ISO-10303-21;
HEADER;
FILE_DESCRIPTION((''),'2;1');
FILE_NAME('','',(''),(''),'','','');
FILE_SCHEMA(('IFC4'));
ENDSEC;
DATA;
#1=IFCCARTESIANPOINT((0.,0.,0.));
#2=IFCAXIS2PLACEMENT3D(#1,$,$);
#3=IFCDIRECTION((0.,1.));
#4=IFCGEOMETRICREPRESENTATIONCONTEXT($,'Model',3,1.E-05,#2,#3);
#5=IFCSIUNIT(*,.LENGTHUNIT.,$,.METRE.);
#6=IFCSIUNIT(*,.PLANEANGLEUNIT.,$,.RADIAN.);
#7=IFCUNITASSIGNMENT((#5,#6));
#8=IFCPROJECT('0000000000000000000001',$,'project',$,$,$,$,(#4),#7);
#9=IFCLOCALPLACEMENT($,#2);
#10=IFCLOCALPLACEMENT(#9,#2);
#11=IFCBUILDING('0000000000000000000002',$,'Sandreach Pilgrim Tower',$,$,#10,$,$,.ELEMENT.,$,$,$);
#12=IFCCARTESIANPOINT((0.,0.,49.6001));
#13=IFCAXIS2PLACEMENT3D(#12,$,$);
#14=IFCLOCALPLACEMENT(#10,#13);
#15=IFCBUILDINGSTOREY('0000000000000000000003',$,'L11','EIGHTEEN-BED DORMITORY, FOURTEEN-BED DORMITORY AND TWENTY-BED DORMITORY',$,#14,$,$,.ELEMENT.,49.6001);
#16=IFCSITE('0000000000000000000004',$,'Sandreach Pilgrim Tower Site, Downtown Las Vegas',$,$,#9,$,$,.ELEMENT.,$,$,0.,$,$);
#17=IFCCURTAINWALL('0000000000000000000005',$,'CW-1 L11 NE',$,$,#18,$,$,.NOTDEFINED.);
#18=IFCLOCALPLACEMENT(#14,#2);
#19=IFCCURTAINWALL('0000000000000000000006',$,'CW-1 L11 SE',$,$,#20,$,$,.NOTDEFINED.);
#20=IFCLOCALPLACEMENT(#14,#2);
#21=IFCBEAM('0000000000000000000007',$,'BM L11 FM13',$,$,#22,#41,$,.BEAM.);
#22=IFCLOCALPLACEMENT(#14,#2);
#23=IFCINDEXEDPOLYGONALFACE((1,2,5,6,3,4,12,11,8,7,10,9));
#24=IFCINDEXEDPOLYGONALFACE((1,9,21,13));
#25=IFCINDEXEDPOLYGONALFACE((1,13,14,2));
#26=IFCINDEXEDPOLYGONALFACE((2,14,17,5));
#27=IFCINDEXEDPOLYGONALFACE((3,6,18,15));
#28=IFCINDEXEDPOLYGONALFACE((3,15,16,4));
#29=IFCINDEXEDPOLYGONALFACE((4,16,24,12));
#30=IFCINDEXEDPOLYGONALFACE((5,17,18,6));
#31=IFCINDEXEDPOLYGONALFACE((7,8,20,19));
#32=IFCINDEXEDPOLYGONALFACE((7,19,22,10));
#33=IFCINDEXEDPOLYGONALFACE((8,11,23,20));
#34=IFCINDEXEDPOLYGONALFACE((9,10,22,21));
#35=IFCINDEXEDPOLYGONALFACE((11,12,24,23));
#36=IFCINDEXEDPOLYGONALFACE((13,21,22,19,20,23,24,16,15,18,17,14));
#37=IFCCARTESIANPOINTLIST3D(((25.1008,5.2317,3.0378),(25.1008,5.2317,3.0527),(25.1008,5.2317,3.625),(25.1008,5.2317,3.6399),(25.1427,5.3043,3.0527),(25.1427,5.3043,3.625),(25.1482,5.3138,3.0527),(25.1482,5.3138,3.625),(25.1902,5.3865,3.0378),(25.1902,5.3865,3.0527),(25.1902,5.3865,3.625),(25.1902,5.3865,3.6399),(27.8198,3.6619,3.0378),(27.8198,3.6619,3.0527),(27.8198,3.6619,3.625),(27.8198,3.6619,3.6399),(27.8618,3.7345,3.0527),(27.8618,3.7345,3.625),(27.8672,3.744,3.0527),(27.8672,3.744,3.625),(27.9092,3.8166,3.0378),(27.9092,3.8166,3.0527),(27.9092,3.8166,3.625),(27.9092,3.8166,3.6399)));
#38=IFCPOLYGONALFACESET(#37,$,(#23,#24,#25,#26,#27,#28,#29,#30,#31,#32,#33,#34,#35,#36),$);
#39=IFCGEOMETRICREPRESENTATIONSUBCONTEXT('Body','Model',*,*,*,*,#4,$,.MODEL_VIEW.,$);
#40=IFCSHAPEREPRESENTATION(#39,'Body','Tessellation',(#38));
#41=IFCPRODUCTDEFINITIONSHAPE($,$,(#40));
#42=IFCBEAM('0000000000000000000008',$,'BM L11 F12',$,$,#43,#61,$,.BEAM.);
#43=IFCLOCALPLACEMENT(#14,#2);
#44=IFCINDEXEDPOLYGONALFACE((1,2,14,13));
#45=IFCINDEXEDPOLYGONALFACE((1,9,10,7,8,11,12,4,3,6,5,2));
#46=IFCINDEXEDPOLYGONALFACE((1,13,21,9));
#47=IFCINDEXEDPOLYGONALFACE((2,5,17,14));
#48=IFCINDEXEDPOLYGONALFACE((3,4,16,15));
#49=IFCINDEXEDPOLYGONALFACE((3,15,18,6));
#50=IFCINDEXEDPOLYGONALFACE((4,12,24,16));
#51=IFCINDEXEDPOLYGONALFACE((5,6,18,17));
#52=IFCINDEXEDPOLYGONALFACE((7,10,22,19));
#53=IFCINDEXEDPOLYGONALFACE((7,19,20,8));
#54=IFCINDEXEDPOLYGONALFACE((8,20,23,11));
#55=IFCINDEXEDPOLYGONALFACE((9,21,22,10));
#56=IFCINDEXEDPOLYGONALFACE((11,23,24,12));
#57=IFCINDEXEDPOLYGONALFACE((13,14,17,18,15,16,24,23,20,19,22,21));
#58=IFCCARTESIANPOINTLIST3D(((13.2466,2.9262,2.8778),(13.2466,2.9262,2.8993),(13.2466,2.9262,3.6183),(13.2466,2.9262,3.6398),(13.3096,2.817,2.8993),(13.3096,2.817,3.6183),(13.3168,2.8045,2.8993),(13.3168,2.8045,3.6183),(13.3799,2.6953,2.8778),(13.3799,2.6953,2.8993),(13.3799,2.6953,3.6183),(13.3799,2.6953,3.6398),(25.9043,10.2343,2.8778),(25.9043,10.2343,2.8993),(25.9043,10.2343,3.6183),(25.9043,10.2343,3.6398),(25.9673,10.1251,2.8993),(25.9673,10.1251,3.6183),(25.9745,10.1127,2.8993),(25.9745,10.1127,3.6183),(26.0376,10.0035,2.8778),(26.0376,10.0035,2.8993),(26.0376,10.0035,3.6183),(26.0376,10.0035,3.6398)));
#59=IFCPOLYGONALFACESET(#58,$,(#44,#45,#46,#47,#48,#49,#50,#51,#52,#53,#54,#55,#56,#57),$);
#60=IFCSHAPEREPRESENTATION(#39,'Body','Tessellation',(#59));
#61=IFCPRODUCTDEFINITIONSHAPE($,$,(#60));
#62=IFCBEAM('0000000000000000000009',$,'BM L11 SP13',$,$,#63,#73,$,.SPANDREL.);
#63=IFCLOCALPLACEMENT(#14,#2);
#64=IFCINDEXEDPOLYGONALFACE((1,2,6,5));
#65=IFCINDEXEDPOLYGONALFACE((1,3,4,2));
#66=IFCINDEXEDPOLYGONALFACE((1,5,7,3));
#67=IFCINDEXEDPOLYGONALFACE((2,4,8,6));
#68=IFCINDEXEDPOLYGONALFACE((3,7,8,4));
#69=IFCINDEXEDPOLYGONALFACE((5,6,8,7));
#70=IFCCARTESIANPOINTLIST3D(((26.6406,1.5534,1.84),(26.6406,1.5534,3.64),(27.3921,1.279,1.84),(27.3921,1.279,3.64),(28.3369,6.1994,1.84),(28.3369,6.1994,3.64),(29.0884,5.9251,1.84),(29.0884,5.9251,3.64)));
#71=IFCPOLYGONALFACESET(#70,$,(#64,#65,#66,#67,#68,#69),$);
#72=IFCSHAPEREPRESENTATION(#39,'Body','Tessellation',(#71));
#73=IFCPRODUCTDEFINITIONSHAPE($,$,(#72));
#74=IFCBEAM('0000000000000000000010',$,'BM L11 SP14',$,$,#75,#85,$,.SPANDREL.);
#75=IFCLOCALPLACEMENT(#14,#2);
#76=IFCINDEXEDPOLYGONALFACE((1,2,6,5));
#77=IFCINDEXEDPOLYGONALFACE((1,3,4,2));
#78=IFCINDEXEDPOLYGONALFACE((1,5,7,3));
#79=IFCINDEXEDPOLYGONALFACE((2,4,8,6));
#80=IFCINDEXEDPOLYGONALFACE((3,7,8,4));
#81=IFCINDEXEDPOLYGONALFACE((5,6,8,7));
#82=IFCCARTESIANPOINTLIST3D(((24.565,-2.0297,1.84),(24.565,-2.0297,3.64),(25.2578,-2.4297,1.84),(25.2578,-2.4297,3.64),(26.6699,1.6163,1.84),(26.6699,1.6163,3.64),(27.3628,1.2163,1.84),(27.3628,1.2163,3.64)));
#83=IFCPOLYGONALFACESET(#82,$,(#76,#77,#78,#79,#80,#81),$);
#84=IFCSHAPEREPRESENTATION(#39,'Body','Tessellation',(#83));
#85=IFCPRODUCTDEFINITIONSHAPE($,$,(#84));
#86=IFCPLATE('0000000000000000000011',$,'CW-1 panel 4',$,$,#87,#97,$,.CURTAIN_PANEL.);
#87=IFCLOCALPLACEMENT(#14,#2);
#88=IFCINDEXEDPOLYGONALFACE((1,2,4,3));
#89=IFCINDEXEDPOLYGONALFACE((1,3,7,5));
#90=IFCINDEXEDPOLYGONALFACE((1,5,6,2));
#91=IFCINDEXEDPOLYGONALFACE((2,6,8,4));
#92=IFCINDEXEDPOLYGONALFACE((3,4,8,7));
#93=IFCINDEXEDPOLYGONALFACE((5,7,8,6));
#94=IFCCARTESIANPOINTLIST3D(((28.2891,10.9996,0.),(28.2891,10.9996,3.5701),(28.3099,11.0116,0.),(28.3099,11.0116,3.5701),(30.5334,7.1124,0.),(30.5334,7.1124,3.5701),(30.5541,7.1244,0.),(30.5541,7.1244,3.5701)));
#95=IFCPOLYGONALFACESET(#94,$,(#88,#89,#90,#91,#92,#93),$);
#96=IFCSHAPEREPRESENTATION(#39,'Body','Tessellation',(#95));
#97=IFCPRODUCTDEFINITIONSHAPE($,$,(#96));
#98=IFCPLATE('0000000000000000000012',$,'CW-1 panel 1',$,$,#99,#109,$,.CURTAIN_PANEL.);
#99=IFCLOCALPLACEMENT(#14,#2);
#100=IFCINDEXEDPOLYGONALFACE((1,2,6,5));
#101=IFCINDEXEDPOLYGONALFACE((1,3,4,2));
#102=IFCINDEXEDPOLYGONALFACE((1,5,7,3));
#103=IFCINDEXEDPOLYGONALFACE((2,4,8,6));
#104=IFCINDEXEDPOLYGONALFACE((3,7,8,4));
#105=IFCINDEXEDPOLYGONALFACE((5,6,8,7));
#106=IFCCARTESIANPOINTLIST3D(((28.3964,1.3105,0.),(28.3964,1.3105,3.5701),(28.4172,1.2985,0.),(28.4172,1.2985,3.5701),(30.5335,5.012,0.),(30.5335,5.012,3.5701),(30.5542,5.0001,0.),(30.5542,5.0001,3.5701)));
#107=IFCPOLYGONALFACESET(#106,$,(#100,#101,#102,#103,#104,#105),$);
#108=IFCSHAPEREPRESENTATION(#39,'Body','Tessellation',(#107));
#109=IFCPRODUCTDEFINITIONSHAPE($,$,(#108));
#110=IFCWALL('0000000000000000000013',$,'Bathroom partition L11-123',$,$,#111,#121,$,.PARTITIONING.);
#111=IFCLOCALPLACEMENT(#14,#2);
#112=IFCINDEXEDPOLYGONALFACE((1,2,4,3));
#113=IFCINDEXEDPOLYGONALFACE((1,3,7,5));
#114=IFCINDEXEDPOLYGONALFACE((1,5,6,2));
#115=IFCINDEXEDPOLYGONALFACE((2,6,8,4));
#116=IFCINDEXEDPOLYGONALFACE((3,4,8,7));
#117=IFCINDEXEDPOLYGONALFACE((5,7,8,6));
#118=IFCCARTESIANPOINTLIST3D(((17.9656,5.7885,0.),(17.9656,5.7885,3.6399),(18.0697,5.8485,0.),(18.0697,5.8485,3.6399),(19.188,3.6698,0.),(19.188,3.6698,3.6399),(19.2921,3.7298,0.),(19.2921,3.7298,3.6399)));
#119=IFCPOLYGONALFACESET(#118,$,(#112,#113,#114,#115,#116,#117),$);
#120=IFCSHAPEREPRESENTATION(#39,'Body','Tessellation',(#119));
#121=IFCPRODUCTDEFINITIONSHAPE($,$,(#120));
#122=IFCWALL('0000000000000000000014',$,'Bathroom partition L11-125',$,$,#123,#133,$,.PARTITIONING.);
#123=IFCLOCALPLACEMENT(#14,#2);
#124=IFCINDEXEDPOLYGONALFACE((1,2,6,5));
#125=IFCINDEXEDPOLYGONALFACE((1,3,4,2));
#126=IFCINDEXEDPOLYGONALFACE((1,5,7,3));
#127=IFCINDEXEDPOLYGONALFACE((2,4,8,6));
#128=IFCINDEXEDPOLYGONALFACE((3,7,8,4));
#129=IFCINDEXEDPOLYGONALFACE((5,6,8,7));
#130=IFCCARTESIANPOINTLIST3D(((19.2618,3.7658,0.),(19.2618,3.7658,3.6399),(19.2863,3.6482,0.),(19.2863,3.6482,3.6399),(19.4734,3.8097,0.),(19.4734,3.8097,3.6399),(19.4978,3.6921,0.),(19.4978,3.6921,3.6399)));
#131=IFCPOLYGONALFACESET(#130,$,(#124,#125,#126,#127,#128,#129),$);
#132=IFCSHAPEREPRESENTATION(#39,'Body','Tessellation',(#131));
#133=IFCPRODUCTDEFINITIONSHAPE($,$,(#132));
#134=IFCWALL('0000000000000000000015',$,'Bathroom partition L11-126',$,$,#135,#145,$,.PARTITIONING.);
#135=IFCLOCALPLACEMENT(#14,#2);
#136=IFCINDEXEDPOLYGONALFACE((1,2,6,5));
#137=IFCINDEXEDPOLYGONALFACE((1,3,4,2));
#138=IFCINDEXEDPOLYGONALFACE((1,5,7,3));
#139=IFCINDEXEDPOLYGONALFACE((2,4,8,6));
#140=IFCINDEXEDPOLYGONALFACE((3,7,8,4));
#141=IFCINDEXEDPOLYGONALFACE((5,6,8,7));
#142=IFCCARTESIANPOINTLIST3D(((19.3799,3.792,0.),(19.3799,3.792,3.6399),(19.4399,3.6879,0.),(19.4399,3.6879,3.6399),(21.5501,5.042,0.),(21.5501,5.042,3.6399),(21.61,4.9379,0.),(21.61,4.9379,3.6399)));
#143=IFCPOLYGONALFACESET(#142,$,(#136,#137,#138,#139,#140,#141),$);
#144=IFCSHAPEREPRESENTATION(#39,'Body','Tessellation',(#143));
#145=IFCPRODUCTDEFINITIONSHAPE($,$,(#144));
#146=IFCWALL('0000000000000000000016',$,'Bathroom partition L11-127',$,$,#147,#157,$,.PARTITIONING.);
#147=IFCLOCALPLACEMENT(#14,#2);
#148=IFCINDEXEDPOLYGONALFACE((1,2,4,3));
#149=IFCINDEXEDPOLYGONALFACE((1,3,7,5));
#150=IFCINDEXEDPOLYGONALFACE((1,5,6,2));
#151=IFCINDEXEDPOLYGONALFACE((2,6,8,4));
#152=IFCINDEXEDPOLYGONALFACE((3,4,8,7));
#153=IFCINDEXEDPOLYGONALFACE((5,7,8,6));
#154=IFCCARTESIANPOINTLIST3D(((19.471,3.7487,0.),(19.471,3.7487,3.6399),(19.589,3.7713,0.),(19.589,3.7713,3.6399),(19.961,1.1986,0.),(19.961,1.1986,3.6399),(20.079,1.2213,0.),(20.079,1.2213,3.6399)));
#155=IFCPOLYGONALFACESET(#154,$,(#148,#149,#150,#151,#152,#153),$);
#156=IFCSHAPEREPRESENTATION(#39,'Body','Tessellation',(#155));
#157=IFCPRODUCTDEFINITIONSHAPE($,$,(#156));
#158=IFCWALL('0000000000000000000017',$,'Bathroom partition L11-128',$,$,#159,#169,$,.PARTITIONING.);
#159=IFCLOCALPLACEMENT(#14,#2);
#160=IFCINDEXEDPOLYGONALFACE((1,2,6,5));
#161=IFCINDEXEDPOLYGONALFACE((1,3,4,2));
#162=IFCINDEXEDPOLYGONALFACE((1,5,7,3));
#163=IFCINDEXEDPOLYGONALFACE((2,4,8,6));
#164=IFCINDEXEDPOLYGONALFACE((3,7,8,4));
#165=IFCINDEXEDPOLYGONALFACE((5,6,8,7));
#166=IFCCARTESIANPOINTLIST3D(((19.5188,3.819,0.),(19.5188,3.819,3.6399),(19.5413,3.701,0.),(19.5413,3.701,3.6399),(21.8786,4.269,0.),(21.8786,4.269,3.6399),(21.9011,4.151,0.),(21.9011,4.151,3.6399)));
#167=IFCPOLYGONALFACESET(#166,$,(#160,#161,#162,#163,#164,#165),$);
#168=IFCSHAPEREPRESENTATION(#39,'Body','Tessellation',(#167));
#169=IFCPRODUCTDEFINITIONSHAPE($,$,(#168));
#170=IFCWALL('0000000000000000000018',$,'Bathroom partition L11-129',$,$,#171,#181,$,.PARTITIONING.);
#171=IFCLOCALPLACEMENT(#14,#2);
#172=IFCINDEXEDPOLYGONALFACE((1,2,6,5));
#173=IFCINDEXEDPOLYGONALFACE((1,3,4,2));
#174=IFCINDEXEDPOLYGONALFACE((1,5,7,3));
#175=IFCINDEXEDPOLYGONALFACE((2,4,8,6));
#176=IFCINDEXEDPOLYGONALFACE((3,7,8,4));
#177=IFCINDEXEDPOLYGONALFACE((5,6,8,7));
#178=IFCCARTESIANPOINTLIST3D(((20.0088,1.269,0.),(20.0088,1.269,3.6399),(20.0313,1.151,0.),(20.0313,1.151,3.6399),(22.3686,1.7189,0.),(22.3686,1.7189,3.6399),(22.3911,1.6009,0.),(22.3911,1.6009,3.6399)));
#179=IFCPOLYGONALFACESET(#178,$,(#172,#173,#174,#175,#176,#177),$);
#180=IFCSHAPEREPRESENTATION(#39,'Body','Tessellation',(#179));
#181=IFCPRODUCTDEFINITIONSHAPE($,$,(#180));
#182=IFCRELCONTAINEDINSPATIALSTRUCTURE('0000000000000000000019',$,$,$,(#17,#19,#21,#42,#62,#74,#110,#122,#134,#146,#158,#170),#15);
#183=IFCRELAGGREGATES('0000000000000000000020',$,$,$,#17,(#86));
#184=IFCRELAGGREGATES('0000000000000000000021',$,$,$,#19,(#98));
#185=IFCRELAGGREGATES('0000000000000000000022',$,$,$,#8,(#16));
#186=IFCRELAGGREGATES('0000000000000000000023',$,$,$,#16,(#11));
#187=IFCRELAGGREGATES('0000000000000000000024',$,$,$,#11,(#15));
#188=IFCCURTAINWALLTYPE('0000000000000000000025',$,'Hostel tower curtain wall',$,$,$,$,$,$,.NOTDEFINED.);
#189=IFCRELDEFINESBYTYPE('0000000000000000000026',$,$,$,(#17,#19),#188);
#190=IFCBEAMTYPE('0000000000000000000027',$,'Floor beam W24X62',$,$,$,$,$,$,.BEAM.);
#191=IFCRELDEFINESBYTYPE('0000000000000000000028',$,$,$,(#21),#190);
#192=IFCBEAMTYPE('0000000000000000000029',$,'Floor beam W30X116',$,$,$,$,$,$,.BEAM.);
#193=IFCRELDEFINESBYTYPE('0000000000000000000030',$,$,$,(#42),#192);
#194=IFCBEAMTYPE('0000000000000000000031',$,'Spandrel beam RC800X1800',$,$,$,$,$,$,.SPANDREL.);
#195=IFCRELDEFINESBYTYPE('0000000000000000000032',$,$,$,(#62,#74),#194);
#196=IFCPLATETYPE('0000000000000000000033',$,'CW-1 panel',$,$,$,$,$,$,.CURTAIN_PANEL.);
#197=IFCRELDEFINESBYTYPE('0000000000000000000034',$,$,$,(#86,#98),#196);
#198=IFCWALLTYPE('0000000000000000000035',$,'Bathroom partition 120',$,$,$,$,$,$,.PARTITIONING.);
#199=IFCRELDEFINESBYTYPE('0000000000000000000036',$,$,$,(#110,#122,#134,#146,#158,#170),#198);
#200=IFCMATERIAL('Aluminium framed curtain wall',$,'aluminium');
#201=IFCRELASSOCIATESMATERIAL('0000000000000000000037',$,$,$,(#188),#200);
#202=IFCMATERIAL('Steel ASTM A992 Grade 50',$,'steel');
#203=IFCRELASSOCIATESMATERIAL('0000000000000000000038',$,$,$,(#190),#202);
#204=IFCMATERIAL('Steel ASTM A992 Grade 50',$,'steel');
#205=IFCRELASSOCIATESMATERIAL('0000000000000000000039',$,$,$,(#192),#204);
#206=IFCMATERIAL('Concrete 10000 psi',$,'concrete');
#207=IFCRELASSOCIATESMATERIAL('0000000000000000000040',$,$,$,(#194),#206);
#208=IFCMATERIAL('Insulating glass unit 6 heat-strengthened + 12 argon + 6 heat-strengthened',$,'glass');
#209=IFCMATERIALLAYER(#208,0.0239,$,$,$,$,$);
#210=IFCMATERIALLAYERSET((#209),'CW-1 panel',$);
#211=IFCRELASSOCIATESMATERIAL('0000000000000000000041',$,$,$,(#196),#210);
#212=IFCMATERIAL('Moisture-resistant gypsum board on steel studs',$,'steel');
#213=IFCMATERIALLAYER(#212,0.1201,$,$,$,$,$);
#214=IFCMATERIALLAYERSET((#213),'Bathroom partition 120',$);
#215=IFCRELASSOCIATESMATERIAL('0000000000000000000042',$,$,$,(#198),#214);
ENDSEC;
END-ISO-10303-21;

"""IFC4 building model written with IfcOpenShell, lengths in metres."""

from ifc_helpers import new_model, si_unit, direction, frame, frame_2d, origin, origin_2d, place, context, subcontext, project, spatial, rectangle, i_section, extrude, material, layer, layer_set, material_profile, profile_set, type_object, element, aggregate, save


model = new_model("IFC4")

# Units and contexts
model_context = context("Model", 3, precision=1e-05, world=origin(), true_north=direction((0.0, 1.0)))
body_context = subcontext(model_context, "Body", "Model", "MODEL_VIEW")
ifc_project = project(units=[si_unit("LENGTHUNIT", "METRE"), si_unit("PLANEANGLEUNIT", "RADIAN")], contexts=[model_context])

# Site, building, storey
site_placement = place(None, origin())
site = spatial("IfcSite", under=ifc_project, at=site_placement, Name="Sandreach Pilgrim Tower Site, Downtown Las Vegas", CompositionType="ELEMENT", RefElevation=0.0)
building_placement = place(site_placement, origin())
building = spatial("IfcBuilding", under=site, at=building_placement, Name="Sandreach Pilgrim Tower", CompositionType="ELEMENT")
storey_placement = place(building_placement, frame((0.0, 0.0, 49.6001)))
storey = spatial("IfcBuildingStorey", under=building, at=storey_placement, Name="L11", Description="EIGHTEEN-BED DORMITORY, FOURTEEN-BED DORMITORY AND TWENTY-BED DORMITORY", CompositionType="ELEMENT", Elevation=49.6001)

# Curtain wall
ifc_material_1 = material(Name="Aluminium framed curtain wall", Category="aluminium")
curtain_wall_type = type_object("IfcCurtainWallType", Name="Hostel tower curtain wall", PredefinedType="NOTDEFINED", material=ifc_material_1)
curtain_wall_1_placement = place(storey_placement, origin())
curtain_wall_1 = element("IfcCurtainWall", 1, at=curtain_wall_1_placement, inside=storey, type_object=curtain_wall_type, Name="CW-1 L11 NE", PredefinedType="NOTDEFINED")

# Curtain wall
curtain_wall_2_placement = place(storey_placement, origin())
curtain_wall_2 = element("IfcCurtainWall", 2, at=curtain_wall_2_placement, inside=storey, type_object=curtain_wall_type, Name="CW-1 L11 SE", PredefinedType="NOTDEFINED")

# Beams
ifc_material_2 = material(Name="Steel ASTM A992 Grade 50", Category="steel")
ifc_material_profile_1 = material_profile(ifc_material_2, i_section(OverallWidth=0.1787, OverallDepth=0.6021, WebThickness=0.011, FlangeThickness=0.0149, at=origin_2d()), Name="W24X62")
ifc_profile_set_1 = profile_set([ifc_material_profile_1], Name="Steel ASTM A992 Grade 50")
beam_type_1 = type_object("IfcBeamType", Name="Floor beam W24X62", PredefinedType="BEAM", material=ifc_profile_set_1)
beam_1_placement = place(storey_placement, frame((27.8645, 3.7393, 3.3389), z_axis=(-0.866024, 0.500003, 0.0), x_axis=(-0.500003, -0.866024, 0.0)))
element("IfcBeam", 3, at=beam_1_placement, inside=storey, type_object=beam_type_1, Name="BM L11 FM13", PredefinedType="BEAM", context=body_context, shape_type="SweptSolid", body=[
    extrude(i_section(OverallWidth=0.1787, OverallDepth=0.6021, WebThickness=0.011, FlangeThickness=0.0149, at=origin_2d()), origin(), (0.0, 0.0, 1.0), 3.1396),
])
ifc_material_3 = material(Name="Steel ASTM A992 Grade 50", Category="steel")
ifc_material_profile_2 = material_profile(ifc_material_3, i_section(OverallWidth=0.2666, OverallDepth=0.762, WebThickness=0.0144, FlangeThickness=0.0215, at=origin_2d()), Name="W30X116")
ifc_profile_set_2 = profile_set([ifc_material_profile_2], Name="Steel ASTM A992 Grade 50")
beam_type_2 = type_object("IfcBeamType", Name="Floor beam W30X116", PredefinedType="BEAM", material=ifc_profile_set_2)
beam_2_placement = place(storey_placement, frame((25.9709, 10.1189, 3.2588), z_axis=(-0.86602, -0.500009, 0.0), x_axis=(0.500009, -0.86602, 0.0)))
element("IfcBeam", 4, at=beam_2_placement, inside=storey, type_object=beam_type_2, Name="BM L11 F12", PredefinedType="BEAM", context=body_context, shape_type="SweptSolid", body=[
    extrude(i_section(OverallWidth=0.2666, OverallDepth=0.762, WebThickness=0.0144, FlangeThickness=0.0215, at=origin_2d()), origin(), (0.0, 0.0, 1.0), 14.616),
])
ifc_material_4 = material(Name="Concrete 10000 psi", Category="concrete")
ifc_material_profile_3 = material_profile(ifc_material_4, rectangle(XDim=0.8, YDim=1.8, at=origin_2d()), Name="RC800X1800")
ifc_profile_set_3 = profile_set([ifc_material_profile_3], Name="Concrete 10000 psi")
beam_type_3 = type_object("IfcBeamType", Name="Spandrel beam RC800X1800", PredefinedType="SPANDREL", material=ifc_profile_set_3)
beam_3_placement = place(storey_placement, frame((28.7126, 6.0623, 2.74), z_axis=(-0.342963, -0.939349, 0.0), x_axis=(0.939349, -0.342963, 0.0)))
element("IfcBeam", 5, at=beam_3_placement, inside=storey, type_object=beam_type_3, Name="BM L11 SP13", PredefinedType="SPANDREL", context=body_context, shape_type="SweptSolid", body=[
    extrude(rectangle(XDim=0.8, YDim=1.8, at=origin_2d()), origin(), (0.0, 0.0, 1.0), 4.946),
])
beam_4_placement = place(storey_placement, frame((27.0164, 1.4163, 2.74), z_axis=(-0.499994, -0.866029, 0.0), x_axis=(0.866029, -0.499994, 0.0)))
element("IfcBeam", 6, at=beam_4_placement, inside=storey, type_object=beam_type_3, Name="BM L11 SP14", PredefinedType="SPANDREL", context=body_context, shape_type="SweptSolid", body=[
    extrude(rectangle(XDim=0.8, YDim=1.8, at=origin_2d()), origin(), (0.0, 0.0, 1.0), 4.21),
])

# Plates
ifc_material_5 = material(Name="Insulating glass unit 6 heat-strengthened + 12 argon + 6 heat-strengthened", Category="glass")
ifc_layer_1 = layer(ifc_material_5, 0.0239)
ifc_layer_set_1 = layer_set([ifc_layer_1], Name="CW-1 panel")
plate_type = type_object("IfcPlateType", Name="CW-1 panel", PredefinedType="CURTAIN_PANEL", material=ifc_layer_set_1)
plate_1_placement = place(storey_placement, frame((29.4216, 9.062, 0.0), z_axis=(0.0, 0.0, 1.0), x_axis=(0.5, -0.866025, 0.0)))
plate_1 = element("IfcPlate", 7, at=plate_1_placement, type_object=plate_type, Name="CW-1 panel 4", PredefinedType="CURTAIN_PANEL", context=body_context, shape_type="SweptSolid", body=[
    extrude(rectangle(XDim=4.4885, YDim=0.0239, at=origin_2d()), origin(), (0.0, 0.0, 1.0), 3.5701),
])
aggregate(curtain_wall_1, [plate_1])
plate_2_placement = place(storey_placement, frame((29.4753, 3.1553, 0.0), z_axis=(0.0, 0.0, 1.0), x_axis=(-0.5, -0.866025, 0.0)))
plate_2 = element("IfcPlate", 8, at=plate_2_placement, type_object=plate_type, Name="CW-1 panel 1", PredefinedType="CURTAIN_PANEL", context=body_context, shape_type="SweptSolid", body=[
    extrude(rectangle(XDim=4.2742, YDim=0.0239, at=origin_2d()), origin(), (0.0, 0.0, 1.0), 3.5701),
])
aggregate(curtain_wall_2, [plate_2])

# Walls
ifc_material_6 = material(Name="Moisture-resistant gypsum board on steel studs", Category="steel")
ifc_layer_2 = layer(ifc_material_6, 0.1201)
ifc_layer_set_2 = layer_set([ifc_layer_2], Name="Bathroom partition 120")
wall_type_1 = type_object("IfcWallType", Name="Bathroom partition 120", PredefinedType="PARTITIONING", material=ifc_layer_set_2)
wall_1_placement = place(storey_placement, frame((18.0176, 5.8186, 0.0), z_axis=(0.0, 0.0, 1.0), x_axis=(0.499757, -0.866166, 0.0)))
element("IfcWall", 9, at=wall_1_placement, inside=storey, type_object=wall_type_1, Name="Bathroom partition L11-123", PredefinedType="PARTITIONING", context=body_context, shape_type="SweptSolid", body=[
    extrude(rectangle(XDim=2.446, YDim=0.1201, at=frame_2d((1.2231, 0.0))), origin(), (0.0, 0.0, 1.0), 3.6399),
])
wall_2_placement = place(storey_placement, frame((19.2742, 3.707, 0.0), z_axis=(0.0, 0.0, 1.0), x_axis=(0.979121, 0.203278, 0.0)))
element("IfcWall", 10, at=wall_2_placement, inside=storey, type_object=wall_type_1, Name="Bathroom partition L11-125", PredefinedType="PARTITIONING", context=body_context, shape_type="SweptSolid", body=[
    extrude(rectangle(XDim=0.2161, YDim=0.1201, at=frame_2d((0.1079, 0.0))), origin(), (0.0, 0.0, 1.0), 3.6399),
])
wall_3_placement = place(storey_placement, frame((19.4099, 3.74, 0.0), z_axis=(0.0, 0.0, 1.0), x_axis=(0.866534, 0.499118, 0.0)))
element("IfcWall", 11, at=wall_3_placement, inside=storey, type_object=wall_type_1, Name="Bathroom partition L11-126", PredefinedType="PARTITIONING", context=body_context, shape_type="SweptSolid", body=[
    extrude(rectangle(XDim=2.5044, YDim=0.1201, at=frame_2d((1.2522, 0.0))), origin(), (0.0, 0.0, 1.0), 3.6399),
])
wall_4_placement = place(storey_placement, frame((19.53, 3.76, 0.0), z_axis=(0.0, 0.0, 1.0), x_axis=(0.188697, -0.982035, 0.0)))
element("IfcWall", 12, at=wall_4_placement, inside=storey, type_object=wall_type_1, Name="Bathroom partition L11-127", PredefinedType="PARTITIONING", context=body_context, shape_type="SweptSolid", body=[
    extrude(rectangle(XDim=2.5967, YDim=0.1201, at=frame_2d((1.2983, 0.0))), origin(), (0.0, 0.0, 1.0), 3.6399),
])
for number, where, z_axis, x_axis, name in (
    (13, (19.53, 3.76, 0.0), (0.0, 0.0, 1.0), (0.982304, 0.187294, 0.0), "Bathroom partition L11-128"),
    (14, (20.02, 1.21, 0.0), (0.0, 0.0, 1.0), (0.982304, 0.187294, 0.0), "Bathroom partition L11-129"),
):
    element("IfcWall", number, at=place(storey_placement, frame(where, z_axis=z_axis, x_axis=x_axis)), inside=storey, type_object=wall_type_1, Name=name, PredefinedType="PARTITIONING", context=body_context, shape_type="SweptSolid", body=[
        extrude(rectangle(XDim=2.4023, YDim=0.1201, at=frame_2d((1.2012, 0.0))), origin(), (0.0, 0.0, 1.0), 3.6399),
    ])

save(model, "model.ifc")
